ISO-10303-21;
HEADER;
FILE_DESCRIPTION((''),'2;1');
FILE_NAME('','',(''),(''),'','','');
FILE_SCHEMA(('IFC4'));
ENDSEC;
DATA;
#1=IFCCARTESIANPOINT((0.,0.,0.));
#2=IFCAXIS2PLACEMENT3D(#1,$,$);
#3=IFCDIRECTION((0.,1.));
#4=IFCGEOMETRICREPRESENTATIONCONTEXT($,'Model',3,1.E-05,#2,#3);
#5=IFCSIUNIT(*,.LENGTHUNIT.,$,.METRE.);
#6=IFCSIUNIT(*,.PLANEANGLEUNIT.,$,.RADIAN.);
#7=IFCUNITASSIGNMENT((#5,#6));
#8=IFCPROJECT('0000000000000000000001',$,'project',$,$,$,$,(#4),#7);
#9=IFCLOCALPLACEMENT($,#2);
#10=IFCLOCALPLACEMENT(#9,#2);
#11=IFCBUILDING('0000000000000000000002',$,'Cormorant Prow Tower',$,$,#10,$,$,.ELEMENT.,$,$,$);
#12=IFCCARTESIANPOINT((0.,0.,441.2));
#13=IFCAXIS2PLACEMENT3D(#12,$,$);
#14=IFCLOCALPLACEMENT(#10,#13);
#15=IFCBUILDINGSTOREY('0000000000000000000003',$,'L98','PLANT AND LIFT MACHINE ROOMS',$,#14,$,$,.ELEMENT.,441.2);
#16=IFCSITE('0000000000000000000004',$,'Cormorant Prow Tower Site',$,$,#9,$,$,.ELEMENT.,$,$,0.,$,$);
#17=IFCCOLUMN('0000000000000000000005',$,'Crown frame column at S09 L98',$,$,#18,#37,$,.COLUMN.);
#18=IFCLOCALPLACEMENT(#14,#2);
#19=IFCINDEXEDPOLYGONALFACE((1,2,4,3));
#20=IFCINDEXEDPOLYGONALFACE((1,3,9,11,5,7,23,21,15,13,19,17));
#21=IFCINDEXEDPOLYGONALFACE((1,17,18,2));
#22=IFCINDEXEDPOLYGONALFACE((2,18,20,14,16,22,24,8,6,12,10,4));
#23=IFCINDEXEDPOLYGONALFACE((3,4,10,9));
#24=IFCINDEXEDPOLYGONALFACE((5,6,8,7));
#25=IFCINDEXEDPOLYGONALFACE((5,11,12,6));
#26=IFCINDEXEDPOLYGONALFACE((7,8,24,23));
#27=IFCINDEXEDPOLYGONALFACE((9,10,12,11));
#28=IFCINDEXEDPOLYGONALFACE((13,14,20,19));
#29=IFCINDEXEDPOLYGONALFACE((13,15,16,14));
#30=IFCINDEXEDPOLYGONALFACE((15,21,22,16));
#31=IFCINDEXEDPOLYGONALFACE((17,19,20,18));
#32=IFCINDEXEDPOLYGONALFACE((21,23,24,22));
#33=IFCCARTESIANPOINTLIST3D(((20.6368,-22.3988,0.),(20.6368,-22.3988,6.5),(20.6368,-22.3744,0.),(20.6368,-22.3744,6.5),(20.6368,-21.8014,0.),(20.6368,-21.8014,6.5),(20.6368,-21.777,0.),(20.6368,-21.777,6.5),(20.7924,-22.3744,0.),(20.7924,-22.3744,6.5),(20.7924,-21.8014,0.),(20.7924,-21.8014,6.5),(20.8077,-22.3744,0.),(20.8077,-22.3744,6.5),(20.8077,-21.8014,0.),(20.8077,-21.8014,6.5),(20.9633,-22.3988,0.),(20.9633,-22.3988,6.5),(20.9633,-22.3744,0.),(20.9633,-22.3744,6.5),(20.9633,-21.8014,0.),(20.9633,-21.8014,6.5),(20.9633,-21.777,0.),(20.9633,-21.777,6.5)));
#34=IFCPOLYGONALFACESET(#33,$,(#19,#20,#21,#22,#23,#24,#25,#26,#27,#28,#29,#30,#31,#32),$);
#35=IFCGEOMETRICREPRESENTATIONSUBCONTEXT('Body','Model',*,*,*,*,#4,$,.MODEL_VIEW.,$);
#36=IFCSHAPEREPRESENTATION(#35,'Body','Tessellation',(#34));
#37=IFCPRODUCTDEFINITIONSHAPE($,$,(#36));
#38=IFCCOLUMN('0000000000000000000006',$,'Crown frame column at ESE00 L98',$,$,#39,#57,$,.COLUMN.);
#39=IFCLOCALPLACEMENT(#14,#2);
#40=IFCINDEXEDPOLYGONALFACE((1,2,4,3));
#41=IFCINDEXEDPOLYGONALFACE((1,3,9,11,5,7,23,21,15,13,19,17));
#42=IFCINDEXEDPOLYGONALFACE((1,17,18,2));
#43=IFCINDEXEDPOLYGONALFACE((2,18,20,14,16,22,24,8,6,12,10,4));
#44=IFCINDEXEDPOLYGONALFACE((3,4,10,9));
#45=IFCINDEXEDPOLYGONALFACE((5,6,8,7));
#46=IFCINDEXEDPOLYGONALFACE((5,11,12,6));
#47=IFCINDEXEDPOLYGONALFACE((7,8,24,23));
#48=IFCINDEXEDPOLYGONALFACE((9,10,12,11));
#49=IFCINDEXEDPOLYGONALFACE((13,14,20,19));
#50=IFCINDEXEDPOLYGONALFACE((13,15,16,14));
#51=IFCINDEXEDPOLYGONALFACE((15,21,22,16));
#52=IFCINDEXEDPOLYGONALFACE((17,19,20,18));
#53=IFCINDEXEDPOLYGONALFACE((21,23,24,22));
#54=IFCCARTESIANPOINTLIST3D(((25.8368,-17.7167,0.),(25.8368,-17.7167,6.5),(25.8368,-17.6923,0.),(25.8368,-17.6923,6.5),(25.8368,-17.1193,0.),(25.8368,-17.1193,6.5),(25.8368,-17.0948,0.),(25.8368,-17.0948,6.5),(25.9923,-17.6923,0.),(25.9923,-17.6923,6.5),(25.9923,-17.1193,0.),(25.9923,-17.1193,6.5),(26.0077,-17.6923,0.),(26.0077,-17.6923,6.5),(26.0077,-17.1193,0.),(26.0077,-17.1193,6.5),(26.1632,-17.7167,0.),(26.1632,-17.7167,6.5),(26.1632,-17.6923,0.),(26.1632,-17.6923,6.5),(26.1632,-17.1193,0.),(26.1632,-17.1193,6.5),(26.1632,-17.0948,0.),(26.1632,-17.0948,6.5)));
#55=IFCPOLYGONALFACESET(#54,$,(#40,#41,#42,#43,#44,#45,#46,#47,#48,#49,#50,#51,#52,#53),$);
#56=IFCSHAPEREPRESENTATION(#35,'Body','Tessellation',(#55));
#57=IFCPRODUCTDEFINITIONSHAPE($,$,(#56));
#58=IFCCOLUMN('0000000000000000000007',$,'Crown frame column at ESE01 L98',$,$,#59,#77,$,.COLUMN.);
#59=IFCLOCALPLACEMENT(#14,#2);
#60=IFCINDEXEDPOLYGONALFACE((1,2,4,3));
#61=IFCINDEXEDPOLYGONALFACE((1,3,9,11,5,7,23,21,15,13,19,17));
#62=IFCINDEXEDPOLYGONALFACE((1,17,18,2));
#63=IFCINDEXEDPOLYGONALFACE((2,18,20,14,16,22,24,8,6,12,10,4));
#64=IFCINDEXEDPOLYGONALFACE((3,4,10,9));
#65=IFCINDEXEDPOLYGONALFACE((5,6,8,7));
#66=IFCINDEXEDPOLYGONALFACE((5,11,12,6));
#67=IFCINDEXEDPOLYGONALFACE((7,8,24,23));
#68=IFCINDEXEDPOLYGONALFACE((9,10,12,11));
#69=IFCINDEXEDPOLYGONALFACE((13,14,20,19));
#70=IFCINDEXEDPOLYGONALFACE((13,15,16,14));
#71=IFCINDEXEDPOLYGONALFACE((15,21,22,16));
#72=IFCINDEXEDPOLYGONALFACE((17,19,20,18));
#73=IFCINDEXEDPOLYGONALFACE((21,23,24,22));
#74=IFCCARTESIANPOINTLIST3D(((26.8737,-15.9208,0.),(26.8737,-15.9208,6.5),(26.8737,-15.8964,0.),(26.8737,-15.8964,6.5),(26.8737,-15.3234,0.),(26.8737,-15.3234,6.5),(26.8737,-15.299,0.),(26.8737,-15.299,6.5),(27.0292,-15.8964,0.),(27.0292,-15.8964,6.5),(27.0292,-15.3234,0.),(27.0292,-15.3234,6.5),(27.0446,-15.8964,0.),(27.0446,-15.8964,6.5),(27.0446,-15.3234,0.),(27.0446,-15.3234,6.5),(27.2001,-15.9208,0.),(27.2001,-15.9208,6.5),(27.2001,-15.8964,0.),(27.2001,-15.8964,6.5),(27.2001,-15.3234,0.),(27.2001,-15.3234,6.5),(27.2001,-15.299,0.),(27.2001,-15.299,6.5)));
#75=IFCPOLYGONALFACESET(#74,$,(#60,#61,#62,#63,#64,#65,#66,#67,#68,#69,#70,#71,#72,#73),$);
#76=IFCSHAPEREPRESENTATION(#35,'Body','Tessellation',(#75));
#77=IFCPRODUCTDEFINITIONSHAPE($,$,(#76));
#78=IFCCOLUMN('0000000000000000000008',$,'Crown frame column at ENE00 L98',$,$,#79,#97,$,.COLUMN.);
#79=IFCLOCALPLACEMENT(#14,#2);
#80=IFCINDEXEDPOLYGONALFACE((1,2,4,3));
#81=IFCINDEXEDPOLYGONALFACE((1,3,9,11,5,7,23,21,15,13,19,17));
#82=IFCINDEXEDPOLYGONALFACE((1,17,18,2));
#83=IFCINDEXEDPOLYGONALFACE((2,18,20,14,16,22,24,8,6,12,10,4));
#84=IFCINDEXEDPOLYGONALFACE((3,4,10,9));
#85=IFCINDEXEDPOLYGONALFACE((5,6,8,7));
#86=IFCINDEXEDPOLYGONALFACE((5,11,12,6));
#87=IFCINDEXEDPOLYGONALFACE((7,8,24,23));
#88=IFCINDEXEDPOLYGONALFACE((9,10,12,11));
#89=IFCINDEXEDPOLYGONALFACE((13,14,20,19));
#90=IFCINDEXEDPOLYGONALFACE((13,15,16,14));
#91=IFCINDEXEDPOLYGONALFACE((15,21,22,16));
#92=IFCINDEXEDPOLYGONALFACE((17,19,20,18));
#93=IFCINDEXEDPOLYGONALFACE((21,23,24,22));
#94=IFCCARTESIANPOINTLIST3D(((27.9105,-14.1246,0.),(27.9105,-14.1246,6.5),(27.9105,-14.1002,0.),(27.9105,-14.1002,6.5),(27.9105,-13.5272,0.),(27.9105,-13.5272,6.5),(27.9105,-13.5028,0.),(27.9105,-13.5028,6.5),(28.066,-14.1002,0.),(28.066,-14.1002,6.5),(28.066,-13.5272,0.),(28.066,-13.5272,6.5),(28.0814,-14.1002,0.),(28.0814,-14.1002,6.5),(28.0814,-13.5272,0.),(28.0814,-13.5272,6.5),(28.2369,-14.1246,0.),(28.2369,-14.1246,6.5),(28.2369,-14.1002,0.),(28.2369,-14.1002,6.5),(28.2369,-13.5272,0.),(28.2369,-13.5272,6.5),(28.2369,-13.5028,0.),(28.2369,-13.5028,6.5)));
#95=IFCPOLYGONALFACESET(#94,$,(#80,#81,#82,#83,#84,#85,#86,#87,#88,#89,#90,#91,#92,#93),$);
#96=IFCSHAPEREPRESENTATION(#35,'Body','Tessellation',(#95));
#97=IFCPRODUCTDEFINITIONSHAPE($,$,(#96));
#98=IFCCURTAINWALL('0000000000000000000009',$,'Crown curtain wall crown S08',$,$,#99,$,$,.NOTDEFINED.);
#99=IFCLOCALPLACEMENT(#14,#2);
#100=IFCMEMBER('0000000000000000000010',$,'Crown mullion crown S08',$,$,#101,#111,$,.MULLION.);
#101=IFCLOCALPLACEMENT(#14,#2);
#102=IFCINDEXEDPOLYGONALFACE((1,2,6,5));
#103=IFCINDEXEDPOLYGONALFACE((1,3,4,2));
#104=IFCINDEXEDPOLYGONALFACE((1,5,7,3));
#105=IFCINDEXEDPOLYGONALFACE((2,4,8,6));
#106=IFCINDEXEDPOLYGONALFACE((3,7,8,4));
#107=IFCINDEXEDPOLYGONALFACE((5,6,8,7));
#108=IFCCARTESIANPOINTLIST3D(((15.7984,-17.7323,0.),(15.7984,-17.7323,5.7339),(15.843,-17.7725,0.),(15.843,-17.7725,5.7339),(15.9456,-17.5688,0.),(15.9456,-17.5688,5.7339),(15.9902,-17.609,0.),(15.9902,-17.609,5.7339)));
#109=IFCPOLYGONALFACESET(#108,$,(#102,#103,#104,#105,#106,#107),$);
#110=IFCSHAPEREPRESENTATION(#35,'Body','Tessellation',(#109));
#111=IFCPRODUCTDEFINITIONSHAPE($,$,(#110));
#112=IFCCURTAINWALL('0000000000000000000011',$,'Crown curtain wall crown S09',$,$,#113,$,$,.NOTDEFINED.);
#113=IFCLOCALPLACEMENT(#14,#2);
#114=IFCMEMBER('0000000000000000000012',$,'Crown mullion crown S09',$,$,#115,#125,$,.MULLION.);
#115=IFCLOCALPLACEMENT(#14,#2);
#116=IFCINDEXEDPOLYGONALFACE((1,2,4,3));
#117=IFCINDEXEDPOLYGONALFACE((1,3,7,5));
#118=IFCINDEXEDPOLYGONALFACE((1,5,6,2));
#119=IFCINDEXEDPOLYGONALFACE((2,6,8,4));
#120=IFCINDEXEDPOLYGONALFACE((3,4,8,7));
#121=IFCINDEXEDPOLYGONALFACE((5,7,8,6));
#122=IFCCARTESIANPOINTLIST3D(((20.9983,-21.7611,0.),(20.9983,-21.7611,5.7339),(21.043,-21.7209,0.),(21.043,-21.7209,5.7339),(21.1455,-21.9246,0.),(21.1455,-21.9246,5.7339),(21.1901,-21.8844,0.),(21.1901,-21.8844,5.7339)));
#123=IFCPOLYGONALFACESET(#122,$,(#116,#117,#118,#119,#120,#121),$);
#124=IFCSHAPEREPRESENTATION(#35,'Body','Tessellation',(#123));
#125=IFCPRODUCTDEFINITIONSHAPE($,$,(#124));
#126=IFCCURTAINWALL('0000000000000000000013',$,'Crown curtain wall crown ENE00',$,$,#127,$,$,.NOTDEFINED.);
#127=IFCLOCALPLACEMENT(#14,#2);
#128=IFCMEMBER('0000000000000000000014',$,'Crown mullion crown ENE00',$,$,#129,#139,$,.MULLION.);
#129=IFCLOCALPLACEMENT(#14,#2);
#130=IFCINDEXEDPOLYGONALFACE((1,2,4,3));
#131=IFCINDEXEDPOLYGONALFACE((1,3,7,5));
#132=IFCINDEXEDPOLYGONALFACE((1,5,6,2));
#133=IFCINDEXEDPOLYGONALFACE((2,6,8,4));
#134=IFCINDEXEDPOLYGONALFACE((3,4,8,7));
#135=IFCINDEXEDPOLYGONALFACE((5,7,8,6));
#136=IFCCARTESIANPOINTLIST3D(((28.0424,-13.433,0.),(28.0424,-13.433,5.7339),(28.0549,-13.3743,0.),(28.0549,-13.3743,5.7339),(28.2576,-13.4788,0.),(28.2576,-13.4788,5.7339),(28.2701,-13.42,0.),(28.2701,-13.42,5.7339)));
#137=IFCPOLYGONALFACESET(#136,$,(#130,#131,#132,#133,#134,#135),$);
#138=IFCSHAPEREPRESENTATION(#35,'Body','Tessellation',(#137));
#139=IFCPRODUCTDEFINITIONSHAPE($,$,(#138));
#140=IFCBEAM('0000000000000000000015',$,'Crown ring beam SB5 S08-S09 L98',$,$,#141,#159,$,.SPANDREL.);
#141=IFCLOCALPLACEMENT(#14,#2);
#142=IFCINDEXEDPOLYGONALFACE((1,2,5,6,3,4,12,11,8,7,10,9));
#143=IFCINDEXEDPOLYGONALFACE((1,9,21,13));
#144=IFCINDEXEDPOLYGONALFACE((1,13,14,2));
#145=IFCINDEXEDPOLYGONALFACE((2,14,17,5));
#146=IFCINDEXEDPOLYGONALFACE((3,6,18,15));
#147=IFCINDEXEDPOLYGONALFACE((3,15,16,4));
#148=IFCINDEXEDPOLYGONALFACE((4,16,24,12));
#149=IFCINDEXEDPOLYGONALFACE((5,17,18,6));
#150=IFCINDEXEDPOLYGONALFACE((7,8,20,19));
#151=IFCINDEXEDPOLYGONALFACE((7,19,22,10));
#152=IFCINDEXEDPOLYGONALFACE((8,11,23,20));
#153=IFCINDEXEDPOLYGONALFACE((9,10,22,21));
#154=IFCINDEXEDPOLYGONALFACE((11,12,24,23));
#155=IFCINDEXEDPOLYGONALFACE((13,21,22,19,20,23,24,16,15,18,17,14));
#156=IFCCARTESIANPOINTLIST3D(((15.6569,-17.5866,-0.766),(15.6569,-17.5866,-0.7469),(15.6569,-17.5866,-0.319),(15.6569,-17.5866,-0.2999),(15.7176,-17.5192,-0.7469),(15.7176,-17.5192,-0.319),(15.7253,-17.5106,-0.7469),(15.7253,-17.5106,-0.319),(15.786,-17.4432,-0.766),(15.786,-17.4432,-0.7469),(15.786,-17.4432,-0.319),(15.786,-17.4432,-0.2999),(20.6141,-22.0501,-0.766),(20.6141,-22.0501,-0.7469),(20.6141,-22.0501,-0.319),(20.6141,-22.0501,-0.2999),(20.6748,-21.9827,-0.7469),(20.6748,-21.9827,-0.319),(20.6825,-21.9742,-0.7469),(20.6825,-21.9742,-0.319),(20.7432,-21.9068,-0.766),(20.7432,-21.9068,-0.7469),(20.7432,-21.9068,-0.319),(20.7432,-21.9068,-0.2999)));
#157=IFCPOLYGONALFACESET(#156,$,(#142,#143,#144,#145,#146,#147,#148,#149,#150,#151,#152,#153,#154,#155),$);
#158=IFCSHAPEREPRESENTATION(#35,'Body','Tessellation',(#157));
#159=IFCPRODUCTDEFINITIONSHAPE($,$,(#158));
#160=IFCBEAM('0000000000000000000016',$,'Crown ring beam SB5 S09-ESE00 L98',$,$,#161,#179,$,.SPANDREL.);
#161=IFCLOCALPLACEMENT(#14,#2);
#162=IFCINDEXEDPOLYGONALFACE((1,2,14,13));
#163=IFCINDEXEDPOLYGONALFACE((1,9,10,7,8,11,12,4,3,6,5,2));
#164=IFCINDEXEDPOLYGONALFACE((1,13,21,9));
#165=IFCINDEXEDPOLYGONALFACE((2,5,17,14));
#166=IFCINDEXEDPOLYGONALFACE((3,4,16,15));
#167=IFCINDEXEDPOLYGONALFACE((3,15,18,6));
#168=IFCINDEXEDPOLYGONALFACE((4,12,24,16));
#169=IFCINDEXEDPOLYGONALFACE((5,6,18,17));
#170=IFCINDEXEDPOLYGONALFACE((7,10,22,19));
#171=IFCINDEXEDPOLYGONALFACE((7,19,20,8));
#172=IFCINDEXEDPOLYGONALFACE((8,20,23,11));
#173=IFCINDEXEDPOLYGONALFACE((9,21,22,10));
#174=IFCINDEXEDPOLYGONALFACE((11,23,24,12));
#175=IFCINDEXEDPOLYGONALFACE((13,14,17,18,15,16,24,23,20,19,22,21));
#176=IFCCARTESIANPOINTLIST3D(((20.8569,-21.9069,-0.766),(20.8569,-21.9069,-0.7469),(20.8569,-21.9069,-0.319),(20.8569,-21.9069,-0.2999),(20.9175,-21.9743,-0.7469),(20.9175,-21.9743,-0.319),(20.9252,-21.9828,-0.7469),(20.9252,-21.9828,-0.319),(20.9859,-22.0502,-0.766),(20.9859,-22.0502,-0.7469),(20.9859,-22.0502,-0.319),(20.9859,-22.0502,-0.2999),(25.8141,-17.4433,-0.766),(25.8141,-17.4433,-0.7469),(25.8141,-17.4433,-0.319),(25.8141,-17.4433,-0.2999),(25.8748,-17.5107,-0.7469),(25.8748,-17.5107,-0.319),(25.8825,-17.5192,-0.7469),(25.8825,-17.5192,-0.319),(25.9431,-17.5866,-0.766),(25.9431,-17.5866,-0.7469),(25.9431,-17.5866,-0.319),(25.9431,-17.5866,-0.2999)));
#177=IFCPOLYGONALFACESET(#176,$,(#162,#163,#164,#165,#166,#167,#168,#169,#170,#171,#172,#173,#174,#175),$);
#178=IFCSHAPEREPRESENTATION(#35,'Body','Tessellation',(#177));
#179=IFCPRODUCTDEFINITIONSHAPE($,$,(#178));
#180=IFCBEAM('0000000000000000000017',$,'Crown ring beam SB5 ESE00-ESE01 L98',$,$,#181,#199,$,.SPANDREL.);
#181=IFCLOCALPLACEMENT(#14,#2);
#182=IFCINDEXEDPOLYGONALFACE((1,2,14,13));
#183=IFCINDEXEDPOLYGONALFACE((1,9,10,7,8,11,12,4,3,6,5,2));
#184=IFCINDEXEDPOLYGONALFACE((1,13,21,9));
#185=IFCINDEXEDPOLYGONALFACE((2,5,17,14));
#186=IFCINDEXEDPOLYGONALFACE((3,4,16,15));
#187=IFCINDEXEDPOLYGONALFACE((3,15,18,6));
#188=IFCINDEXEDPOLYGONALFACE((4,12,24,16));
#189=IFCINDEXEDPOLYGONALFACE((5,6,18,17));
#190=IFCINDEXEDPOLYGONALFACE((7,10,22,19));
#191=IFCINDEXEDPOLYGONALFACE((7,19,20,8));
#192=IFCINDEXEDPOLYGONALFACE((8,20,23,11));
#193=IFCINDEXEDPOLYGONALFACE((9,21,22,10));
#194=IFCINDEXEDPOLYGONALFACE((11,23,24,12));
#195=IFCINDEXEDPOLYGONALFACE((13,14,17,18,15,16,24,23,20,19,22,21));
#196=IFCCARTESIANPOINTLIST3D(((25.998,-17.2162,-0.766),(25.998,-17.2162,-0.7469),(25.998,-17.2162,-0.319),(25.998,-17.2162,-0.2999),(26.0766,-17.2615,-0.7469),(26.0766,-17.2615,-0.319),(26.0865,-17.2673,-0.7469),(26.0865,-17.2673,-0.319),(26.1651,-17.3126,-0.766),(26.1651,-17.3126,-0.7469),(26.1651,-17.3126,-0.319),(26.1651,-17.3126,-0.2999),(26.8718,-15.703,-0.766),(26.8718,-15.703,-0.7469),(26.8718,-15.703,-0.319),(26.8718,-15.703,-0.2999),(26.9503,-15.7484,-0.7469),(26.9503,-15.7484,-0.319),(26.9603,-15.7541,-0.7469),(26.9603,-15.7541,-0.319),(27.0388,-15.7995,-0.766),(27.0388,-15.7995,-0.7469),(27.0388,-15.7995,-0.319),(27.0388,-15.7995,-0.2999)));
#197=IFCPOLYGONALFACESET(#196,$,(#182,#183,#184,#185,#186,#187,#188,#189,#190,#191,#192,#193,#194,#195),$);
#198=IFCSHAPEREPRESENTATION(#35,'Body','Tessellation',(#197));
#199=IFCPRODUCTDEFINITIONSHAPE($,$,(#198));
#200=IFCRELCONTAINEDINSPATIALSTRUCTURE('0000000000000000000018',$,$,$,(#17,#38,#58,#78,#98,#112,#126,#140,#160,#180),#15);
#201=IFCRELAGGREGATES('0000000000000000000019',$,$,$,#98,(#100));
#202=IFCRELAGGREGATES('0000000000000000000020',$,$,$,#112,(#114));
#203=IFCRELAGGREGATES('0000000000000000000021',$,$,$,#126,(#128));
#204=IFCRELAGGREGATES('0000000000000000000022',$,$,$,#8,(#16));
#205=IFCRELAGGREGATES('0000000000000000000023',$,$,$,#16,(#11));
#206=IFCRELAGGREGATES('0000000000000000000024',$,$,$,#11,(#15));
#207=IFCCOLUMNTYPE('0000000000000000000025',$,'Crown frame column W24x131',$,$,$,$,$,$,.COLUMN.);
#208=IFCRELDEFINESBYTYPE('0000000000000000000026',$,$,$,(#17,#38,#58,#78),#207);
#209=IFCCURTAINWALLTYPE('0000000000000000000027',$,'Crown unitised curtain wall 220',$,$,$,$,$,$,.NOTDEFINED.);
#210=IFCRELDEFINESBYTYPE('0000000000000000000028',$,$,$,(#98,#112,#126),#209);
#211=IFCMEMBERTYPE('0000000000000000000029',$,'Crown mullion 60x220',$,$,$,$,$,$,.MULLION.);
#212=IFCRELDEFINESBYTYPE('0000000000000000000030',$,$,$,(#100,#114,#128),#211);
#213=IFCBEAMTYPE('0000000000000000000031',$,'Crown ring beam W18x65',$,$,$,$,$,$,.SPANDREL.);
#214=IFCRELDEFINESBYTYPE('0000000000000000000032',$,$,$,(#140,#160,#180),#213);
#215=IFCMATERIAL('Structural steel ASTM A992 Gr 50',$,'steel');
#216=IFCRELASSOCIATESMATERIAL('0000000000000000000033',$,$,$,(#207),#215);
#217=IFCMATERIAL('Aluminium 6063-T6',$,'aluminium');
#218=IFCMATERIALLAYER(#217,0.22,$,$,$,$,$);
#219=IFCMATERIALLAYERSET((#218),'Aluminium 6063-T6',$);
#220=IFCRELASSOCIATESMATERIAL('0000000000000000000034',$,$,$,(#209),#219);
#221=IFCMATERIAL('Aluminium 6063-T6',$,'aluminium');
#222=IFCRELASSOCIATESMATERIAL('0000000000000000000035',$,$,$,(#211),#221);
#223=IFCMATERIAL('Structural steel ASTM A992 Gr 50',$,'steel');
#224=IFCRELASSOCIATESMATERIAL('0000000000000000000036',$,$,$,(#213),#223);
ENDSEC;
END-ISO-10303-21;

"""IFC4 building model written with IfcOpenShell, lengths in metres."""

from ifc_helpers import new_model, si_unit, direction, frame, origin, origin_2d, place, context, subcontext, project, spatial, rectangle, i_section, extrude, material, layer, layer_set, material_profile, profile_set, type_object, element, aggregate, save


model = new_model("IFC4")

# Units and contexts
model_context = context("Model", 3, precision=1e-05, world=origin(), true_north=direction((0.0, 1.0)))
body_context = subcontext(model_context, "Body", "Model", "MODEL_VIEW")
ifc_project = project(units=[si_unit("LENGTHUNIT", "METRE"), si_unit("PLANEANGLEUNIT", "RADIAN")], contexts=[model_context])

# Site, building, storey
site_placement = place(None, origin())
site = spatial("IfcSite", under=ifc_project, at=site_placement, Name="Cormorant Prow Tower Site", CompositionType="ELEMENT", RefElevation=0.0)
building_placement = place(site_placement, origin())
building = spatial("IfcBuilding", under=site, at=building_placement, Name="Cormorant Prow Tower", CompositionType="ELEMENT")
storey_placement = place(building_placement, frame((0.0, 0.0, 441.2)))
storey = spatial("IfcBuildingStorey", under=building, at=storey_placement, Name="L98", Description="PLANT AND LIFT MACHINE ROOMS", CompositionType="ELEMENT", Elevation=441.2)

# Columns
ifc_material_1 = material(Name="Structural steel ASTM A992 Gr 50", Category="steel")
ifc_material_profile_1 = material_profile(ifc_material_1, i_section(OverallWidth=0.3264, OverallDepth=0.6218, WebThickness=0.0154, FlangeThickness=0.0244, at=origin_2d()), Name="W24x131")
ifc_profile_set_1 = profile_set([ifc_material_profile_1], Name="Structural steel ASTM A992 Gr 50")
column_type = type_object("IfcColumnType", Name="Crown frame column W24x131", PredefinedType="COLUMN", material=ifc_profile_set_1)
for number, where, z_axis, x_axis, name in (
    (1, (20.8, -22.0879, 0.0), (0.0, 0.0, 1.0), (1.0, 0.0, 0.0), "Crown frame column at S09 L98"),
    (2, (26.0, -17.4058, 0.0), (0.0, 0.0, 1.0), (1.0, 0.0, 0.0), "Crown frame column at ESE00 L98"),
    (3, (27.0369, -15.6099, 0.0), (0.0, 0.0, 1.0), (1.0, 0.0, 0.0), "Crown frame column at ESE01 L98"),
    (4, (28.0737, -13.8137, 0.0), (0.0, 0.0, 1.0), (1.0, 0.0, 0.0), "Crown frame column at ENE00 L98"),
):
    element("IfcColumn", number, at=place(storey_placement, frame(where, z_axis=z_axis, x_axis=x_axis)), inside=storey, type_object=column_type, Name=name, PredefinedType="COLUMN", context=body_context, shape_type="SweptSolid", body=[
        extrude(i_section(OverallWidth=0.3264, OverallDepth=0.6218, WebThickness=0.0154, FlangeThickness=0.0244, at=origin_2d()), origin(), (0.0, 0.0, 1.0), 6.5),
    ])

# Curtain walls, members
ifc_material_2 = material(Name="Aluminium 6063-T6", Category="aluminium")
ifc_layer_1 = layer(ifc_material_2, 0.22)
ifc_layer_set_1 = layer_set([ifc_layer_1], Name="Aluminium 6063-T6")
curtain_wall_type = type_object("IfcCurtainWallType", Name="Crown unitised curtain wall 220", PredefinedType="NOTDEFINED", material=ifc_layer_set_1)
curtain_wall_1_placement = place(storey_placement, origin())
curtain_wall_1 = element("IfcCurtainWall", 5, at=curtain_wall_1_placement, inside=storey, type_object=curtain_wall_type, Name="Crown curtain wall crown S08", PredefinedType="NOTDEFINED")
ifc_material_3 = material(Name="Aluminium 6063-T6", Category="aluminium")
ifc_material_profile_2 = material_profile(ifc_material_3, rectangle(XDim=0.22, YDim=0.0601, at=origin_2d()), Name="Crown mullion 60x220")
ifc_profile_set_2 = profile_set([ifc_material_profile_2], Name="Aluminium 6063-T6")
member_type_1 = type_object("IfcMemberType", Name="Crown mullion 60x220", PredefinedType="MULLION", material=ifc_profile_set_2)
member_1_placement = place(storey_placement, frame((15.8943, -17.6707, 0.0), z_axis=(0.0, 0.0, 1.0), x_axis=(0.669131, 0.743145, 0.0)))
member_1 = element("IfcMember", 6, at=member_1_placement, type_object=member_type_1, Name="Crown mullion crown S08", PredefinedType="MULLION", context=body_context, shape_type="SweptSolid", body=[
    extrude(rectangle(XDim=0.22, YDim=0.0601, at=origin_2d()), origin(), (0.0, 0.0, 1.0), 5.7339),
])
curtain_wall_2_placement = place(storey_placement, origin())
curtain_wall_2 = element("IfcCurtainWall", 7, at=curtain_wall_2_placement, inside=storey, type_object=curtain_wall_type, Name="Crown curtain wall crown S09", PredefinedType="NOTDEFINED")
member_2_placement = place(storey_placement, frame((21.0942, -21.8228, 0.0), z_axis=(0.0, 0.0, 1.0), x_axis=(-0.669131, 0.743145, 0.0)))
member_2 = element("IfcMember", 8, at=member_2_placement, type_object=member_type_1, Name="Crown mullion crown S09", PredefinedType="MULLION", context=body_context, shape_type="SweptSolid", body=[
    extrude(rectangle(XDim=0.22, YDim=0.0601, at=origin_2d()), origin(), (0.0, 0.0, 1.0), 5.7339),
])
curtain_wall_3_placement = place(storey_placement, origin())
curtain_wall_3 = element("IfcCurtainWall", 9, at=curtain_wall_3_placement, inside=storey, type_object=curtain_wall_type, Name="Crown curtain wall crown ENE00", PredefinedType="NOTDEFINED")
member_3_placement = place(storey_placement, frame((28.1562, -13.4265, 0.0), z_axis=(0.0, 0.0, 1.0), x_axis=(-0.978148, 0.207912, 0.0)))
member_3 = element("IfcMember", 10, at=member_3_placement, type_object=member_type_1, Name="Crown mullion crown ENE00", PredefinedType="MULLION", context=body_context, shape_type="SweptSolid", body=[
    extrude(rectangle(XDim=0.22, YDim=0.0601, at=origin_2d()), origin(), (0.0, 0.0, 1.0), 5.7339),
])

# Beams
ifc_material_4 = material(Name="Structural steel ASTM A992 Gr 50", Category="steel")
ifc_material_profile_3 = material_profile(ifc_material_4, i_section(OverallWidth=0.1929, OverallDepth=0.4661, WebThickness=0.0115, FlangeThickness=0.019, at=origin_2d()), Name="W18x65")
ifc_profile_set_3 = profile_set([ifc_material_profile_3], Name="Structural steel ASTM A992 Gr 50")
beam_type = type_object("IfcBeamType", Name="Crown ring beam W18x65", PredefinedType="SPANDREL", material=ifc_profile_set_3)
for number, where, z_axis, x_axis, name in (
    (11, (15.7214, -17.5149, -0.533), (0.743139, -0.669137, 0.0), (0.669137, 0.743139, 0.0), "Crown ring beam SB5 S08-S09 L98"),
    (12, (20.9214, -21.9785, -0.533), (0.743139, 0.669137, 0.0), (-0.669137, 0.743139, 0.0), "Crown ring beam SB5 S09-ESE00 L98"),
):
    element("IfcBeam", number, at=place(storey_placement, frame(where, z_axis=z_axis, x_axis=x_axis)), inside=storey, type_object=beam_type, Name=name, PredefinedType="SPANDREL", context=body_context, shape_type="SweptSolid", body=[
        extrude(i_section(OverallWidth=0.1929, OverallDepth=0.4661, WebThickness=0.0115, FlangeThickness=0.019, at=origin_2d()), origin(), (0.0, 0.0, 1.0), 6.6707),
    ])
for number, where, z_axis, x_axis, name in (
    (13, (26.0815, -17.2644, -0.533), (0.500061, 0.86599, 0.0), (-0.86599, 0.500061, 0.0), "Crown ring beam SB5 ESE00-ESE01 L98"),
):
    element("IfcBeam", number, at=place(storey_placement, frame(where, z_axis=z_axis, x_axis=x_axis)), inside=storey, type_object=beam_type, Name=name, PredefinedType="SPANDREL", context=body_context, shape_type="SweptSolid", body=[
        extrude(i_section(OverallWidth=0.1929, OverallDepth=0.4661, WebThickness=0.0115, FlangeThickness=0.019, at=origin_2d()), origin(), (0.0, 0.0, 1.0), 1.7473),
    ])

aggregate(curtain_wall_1, [member_1])
aggregate(curtain_wall_2, [member_2])
aggregate(curtain_wall_3, [member_3])

save(model, "model.ifc")
